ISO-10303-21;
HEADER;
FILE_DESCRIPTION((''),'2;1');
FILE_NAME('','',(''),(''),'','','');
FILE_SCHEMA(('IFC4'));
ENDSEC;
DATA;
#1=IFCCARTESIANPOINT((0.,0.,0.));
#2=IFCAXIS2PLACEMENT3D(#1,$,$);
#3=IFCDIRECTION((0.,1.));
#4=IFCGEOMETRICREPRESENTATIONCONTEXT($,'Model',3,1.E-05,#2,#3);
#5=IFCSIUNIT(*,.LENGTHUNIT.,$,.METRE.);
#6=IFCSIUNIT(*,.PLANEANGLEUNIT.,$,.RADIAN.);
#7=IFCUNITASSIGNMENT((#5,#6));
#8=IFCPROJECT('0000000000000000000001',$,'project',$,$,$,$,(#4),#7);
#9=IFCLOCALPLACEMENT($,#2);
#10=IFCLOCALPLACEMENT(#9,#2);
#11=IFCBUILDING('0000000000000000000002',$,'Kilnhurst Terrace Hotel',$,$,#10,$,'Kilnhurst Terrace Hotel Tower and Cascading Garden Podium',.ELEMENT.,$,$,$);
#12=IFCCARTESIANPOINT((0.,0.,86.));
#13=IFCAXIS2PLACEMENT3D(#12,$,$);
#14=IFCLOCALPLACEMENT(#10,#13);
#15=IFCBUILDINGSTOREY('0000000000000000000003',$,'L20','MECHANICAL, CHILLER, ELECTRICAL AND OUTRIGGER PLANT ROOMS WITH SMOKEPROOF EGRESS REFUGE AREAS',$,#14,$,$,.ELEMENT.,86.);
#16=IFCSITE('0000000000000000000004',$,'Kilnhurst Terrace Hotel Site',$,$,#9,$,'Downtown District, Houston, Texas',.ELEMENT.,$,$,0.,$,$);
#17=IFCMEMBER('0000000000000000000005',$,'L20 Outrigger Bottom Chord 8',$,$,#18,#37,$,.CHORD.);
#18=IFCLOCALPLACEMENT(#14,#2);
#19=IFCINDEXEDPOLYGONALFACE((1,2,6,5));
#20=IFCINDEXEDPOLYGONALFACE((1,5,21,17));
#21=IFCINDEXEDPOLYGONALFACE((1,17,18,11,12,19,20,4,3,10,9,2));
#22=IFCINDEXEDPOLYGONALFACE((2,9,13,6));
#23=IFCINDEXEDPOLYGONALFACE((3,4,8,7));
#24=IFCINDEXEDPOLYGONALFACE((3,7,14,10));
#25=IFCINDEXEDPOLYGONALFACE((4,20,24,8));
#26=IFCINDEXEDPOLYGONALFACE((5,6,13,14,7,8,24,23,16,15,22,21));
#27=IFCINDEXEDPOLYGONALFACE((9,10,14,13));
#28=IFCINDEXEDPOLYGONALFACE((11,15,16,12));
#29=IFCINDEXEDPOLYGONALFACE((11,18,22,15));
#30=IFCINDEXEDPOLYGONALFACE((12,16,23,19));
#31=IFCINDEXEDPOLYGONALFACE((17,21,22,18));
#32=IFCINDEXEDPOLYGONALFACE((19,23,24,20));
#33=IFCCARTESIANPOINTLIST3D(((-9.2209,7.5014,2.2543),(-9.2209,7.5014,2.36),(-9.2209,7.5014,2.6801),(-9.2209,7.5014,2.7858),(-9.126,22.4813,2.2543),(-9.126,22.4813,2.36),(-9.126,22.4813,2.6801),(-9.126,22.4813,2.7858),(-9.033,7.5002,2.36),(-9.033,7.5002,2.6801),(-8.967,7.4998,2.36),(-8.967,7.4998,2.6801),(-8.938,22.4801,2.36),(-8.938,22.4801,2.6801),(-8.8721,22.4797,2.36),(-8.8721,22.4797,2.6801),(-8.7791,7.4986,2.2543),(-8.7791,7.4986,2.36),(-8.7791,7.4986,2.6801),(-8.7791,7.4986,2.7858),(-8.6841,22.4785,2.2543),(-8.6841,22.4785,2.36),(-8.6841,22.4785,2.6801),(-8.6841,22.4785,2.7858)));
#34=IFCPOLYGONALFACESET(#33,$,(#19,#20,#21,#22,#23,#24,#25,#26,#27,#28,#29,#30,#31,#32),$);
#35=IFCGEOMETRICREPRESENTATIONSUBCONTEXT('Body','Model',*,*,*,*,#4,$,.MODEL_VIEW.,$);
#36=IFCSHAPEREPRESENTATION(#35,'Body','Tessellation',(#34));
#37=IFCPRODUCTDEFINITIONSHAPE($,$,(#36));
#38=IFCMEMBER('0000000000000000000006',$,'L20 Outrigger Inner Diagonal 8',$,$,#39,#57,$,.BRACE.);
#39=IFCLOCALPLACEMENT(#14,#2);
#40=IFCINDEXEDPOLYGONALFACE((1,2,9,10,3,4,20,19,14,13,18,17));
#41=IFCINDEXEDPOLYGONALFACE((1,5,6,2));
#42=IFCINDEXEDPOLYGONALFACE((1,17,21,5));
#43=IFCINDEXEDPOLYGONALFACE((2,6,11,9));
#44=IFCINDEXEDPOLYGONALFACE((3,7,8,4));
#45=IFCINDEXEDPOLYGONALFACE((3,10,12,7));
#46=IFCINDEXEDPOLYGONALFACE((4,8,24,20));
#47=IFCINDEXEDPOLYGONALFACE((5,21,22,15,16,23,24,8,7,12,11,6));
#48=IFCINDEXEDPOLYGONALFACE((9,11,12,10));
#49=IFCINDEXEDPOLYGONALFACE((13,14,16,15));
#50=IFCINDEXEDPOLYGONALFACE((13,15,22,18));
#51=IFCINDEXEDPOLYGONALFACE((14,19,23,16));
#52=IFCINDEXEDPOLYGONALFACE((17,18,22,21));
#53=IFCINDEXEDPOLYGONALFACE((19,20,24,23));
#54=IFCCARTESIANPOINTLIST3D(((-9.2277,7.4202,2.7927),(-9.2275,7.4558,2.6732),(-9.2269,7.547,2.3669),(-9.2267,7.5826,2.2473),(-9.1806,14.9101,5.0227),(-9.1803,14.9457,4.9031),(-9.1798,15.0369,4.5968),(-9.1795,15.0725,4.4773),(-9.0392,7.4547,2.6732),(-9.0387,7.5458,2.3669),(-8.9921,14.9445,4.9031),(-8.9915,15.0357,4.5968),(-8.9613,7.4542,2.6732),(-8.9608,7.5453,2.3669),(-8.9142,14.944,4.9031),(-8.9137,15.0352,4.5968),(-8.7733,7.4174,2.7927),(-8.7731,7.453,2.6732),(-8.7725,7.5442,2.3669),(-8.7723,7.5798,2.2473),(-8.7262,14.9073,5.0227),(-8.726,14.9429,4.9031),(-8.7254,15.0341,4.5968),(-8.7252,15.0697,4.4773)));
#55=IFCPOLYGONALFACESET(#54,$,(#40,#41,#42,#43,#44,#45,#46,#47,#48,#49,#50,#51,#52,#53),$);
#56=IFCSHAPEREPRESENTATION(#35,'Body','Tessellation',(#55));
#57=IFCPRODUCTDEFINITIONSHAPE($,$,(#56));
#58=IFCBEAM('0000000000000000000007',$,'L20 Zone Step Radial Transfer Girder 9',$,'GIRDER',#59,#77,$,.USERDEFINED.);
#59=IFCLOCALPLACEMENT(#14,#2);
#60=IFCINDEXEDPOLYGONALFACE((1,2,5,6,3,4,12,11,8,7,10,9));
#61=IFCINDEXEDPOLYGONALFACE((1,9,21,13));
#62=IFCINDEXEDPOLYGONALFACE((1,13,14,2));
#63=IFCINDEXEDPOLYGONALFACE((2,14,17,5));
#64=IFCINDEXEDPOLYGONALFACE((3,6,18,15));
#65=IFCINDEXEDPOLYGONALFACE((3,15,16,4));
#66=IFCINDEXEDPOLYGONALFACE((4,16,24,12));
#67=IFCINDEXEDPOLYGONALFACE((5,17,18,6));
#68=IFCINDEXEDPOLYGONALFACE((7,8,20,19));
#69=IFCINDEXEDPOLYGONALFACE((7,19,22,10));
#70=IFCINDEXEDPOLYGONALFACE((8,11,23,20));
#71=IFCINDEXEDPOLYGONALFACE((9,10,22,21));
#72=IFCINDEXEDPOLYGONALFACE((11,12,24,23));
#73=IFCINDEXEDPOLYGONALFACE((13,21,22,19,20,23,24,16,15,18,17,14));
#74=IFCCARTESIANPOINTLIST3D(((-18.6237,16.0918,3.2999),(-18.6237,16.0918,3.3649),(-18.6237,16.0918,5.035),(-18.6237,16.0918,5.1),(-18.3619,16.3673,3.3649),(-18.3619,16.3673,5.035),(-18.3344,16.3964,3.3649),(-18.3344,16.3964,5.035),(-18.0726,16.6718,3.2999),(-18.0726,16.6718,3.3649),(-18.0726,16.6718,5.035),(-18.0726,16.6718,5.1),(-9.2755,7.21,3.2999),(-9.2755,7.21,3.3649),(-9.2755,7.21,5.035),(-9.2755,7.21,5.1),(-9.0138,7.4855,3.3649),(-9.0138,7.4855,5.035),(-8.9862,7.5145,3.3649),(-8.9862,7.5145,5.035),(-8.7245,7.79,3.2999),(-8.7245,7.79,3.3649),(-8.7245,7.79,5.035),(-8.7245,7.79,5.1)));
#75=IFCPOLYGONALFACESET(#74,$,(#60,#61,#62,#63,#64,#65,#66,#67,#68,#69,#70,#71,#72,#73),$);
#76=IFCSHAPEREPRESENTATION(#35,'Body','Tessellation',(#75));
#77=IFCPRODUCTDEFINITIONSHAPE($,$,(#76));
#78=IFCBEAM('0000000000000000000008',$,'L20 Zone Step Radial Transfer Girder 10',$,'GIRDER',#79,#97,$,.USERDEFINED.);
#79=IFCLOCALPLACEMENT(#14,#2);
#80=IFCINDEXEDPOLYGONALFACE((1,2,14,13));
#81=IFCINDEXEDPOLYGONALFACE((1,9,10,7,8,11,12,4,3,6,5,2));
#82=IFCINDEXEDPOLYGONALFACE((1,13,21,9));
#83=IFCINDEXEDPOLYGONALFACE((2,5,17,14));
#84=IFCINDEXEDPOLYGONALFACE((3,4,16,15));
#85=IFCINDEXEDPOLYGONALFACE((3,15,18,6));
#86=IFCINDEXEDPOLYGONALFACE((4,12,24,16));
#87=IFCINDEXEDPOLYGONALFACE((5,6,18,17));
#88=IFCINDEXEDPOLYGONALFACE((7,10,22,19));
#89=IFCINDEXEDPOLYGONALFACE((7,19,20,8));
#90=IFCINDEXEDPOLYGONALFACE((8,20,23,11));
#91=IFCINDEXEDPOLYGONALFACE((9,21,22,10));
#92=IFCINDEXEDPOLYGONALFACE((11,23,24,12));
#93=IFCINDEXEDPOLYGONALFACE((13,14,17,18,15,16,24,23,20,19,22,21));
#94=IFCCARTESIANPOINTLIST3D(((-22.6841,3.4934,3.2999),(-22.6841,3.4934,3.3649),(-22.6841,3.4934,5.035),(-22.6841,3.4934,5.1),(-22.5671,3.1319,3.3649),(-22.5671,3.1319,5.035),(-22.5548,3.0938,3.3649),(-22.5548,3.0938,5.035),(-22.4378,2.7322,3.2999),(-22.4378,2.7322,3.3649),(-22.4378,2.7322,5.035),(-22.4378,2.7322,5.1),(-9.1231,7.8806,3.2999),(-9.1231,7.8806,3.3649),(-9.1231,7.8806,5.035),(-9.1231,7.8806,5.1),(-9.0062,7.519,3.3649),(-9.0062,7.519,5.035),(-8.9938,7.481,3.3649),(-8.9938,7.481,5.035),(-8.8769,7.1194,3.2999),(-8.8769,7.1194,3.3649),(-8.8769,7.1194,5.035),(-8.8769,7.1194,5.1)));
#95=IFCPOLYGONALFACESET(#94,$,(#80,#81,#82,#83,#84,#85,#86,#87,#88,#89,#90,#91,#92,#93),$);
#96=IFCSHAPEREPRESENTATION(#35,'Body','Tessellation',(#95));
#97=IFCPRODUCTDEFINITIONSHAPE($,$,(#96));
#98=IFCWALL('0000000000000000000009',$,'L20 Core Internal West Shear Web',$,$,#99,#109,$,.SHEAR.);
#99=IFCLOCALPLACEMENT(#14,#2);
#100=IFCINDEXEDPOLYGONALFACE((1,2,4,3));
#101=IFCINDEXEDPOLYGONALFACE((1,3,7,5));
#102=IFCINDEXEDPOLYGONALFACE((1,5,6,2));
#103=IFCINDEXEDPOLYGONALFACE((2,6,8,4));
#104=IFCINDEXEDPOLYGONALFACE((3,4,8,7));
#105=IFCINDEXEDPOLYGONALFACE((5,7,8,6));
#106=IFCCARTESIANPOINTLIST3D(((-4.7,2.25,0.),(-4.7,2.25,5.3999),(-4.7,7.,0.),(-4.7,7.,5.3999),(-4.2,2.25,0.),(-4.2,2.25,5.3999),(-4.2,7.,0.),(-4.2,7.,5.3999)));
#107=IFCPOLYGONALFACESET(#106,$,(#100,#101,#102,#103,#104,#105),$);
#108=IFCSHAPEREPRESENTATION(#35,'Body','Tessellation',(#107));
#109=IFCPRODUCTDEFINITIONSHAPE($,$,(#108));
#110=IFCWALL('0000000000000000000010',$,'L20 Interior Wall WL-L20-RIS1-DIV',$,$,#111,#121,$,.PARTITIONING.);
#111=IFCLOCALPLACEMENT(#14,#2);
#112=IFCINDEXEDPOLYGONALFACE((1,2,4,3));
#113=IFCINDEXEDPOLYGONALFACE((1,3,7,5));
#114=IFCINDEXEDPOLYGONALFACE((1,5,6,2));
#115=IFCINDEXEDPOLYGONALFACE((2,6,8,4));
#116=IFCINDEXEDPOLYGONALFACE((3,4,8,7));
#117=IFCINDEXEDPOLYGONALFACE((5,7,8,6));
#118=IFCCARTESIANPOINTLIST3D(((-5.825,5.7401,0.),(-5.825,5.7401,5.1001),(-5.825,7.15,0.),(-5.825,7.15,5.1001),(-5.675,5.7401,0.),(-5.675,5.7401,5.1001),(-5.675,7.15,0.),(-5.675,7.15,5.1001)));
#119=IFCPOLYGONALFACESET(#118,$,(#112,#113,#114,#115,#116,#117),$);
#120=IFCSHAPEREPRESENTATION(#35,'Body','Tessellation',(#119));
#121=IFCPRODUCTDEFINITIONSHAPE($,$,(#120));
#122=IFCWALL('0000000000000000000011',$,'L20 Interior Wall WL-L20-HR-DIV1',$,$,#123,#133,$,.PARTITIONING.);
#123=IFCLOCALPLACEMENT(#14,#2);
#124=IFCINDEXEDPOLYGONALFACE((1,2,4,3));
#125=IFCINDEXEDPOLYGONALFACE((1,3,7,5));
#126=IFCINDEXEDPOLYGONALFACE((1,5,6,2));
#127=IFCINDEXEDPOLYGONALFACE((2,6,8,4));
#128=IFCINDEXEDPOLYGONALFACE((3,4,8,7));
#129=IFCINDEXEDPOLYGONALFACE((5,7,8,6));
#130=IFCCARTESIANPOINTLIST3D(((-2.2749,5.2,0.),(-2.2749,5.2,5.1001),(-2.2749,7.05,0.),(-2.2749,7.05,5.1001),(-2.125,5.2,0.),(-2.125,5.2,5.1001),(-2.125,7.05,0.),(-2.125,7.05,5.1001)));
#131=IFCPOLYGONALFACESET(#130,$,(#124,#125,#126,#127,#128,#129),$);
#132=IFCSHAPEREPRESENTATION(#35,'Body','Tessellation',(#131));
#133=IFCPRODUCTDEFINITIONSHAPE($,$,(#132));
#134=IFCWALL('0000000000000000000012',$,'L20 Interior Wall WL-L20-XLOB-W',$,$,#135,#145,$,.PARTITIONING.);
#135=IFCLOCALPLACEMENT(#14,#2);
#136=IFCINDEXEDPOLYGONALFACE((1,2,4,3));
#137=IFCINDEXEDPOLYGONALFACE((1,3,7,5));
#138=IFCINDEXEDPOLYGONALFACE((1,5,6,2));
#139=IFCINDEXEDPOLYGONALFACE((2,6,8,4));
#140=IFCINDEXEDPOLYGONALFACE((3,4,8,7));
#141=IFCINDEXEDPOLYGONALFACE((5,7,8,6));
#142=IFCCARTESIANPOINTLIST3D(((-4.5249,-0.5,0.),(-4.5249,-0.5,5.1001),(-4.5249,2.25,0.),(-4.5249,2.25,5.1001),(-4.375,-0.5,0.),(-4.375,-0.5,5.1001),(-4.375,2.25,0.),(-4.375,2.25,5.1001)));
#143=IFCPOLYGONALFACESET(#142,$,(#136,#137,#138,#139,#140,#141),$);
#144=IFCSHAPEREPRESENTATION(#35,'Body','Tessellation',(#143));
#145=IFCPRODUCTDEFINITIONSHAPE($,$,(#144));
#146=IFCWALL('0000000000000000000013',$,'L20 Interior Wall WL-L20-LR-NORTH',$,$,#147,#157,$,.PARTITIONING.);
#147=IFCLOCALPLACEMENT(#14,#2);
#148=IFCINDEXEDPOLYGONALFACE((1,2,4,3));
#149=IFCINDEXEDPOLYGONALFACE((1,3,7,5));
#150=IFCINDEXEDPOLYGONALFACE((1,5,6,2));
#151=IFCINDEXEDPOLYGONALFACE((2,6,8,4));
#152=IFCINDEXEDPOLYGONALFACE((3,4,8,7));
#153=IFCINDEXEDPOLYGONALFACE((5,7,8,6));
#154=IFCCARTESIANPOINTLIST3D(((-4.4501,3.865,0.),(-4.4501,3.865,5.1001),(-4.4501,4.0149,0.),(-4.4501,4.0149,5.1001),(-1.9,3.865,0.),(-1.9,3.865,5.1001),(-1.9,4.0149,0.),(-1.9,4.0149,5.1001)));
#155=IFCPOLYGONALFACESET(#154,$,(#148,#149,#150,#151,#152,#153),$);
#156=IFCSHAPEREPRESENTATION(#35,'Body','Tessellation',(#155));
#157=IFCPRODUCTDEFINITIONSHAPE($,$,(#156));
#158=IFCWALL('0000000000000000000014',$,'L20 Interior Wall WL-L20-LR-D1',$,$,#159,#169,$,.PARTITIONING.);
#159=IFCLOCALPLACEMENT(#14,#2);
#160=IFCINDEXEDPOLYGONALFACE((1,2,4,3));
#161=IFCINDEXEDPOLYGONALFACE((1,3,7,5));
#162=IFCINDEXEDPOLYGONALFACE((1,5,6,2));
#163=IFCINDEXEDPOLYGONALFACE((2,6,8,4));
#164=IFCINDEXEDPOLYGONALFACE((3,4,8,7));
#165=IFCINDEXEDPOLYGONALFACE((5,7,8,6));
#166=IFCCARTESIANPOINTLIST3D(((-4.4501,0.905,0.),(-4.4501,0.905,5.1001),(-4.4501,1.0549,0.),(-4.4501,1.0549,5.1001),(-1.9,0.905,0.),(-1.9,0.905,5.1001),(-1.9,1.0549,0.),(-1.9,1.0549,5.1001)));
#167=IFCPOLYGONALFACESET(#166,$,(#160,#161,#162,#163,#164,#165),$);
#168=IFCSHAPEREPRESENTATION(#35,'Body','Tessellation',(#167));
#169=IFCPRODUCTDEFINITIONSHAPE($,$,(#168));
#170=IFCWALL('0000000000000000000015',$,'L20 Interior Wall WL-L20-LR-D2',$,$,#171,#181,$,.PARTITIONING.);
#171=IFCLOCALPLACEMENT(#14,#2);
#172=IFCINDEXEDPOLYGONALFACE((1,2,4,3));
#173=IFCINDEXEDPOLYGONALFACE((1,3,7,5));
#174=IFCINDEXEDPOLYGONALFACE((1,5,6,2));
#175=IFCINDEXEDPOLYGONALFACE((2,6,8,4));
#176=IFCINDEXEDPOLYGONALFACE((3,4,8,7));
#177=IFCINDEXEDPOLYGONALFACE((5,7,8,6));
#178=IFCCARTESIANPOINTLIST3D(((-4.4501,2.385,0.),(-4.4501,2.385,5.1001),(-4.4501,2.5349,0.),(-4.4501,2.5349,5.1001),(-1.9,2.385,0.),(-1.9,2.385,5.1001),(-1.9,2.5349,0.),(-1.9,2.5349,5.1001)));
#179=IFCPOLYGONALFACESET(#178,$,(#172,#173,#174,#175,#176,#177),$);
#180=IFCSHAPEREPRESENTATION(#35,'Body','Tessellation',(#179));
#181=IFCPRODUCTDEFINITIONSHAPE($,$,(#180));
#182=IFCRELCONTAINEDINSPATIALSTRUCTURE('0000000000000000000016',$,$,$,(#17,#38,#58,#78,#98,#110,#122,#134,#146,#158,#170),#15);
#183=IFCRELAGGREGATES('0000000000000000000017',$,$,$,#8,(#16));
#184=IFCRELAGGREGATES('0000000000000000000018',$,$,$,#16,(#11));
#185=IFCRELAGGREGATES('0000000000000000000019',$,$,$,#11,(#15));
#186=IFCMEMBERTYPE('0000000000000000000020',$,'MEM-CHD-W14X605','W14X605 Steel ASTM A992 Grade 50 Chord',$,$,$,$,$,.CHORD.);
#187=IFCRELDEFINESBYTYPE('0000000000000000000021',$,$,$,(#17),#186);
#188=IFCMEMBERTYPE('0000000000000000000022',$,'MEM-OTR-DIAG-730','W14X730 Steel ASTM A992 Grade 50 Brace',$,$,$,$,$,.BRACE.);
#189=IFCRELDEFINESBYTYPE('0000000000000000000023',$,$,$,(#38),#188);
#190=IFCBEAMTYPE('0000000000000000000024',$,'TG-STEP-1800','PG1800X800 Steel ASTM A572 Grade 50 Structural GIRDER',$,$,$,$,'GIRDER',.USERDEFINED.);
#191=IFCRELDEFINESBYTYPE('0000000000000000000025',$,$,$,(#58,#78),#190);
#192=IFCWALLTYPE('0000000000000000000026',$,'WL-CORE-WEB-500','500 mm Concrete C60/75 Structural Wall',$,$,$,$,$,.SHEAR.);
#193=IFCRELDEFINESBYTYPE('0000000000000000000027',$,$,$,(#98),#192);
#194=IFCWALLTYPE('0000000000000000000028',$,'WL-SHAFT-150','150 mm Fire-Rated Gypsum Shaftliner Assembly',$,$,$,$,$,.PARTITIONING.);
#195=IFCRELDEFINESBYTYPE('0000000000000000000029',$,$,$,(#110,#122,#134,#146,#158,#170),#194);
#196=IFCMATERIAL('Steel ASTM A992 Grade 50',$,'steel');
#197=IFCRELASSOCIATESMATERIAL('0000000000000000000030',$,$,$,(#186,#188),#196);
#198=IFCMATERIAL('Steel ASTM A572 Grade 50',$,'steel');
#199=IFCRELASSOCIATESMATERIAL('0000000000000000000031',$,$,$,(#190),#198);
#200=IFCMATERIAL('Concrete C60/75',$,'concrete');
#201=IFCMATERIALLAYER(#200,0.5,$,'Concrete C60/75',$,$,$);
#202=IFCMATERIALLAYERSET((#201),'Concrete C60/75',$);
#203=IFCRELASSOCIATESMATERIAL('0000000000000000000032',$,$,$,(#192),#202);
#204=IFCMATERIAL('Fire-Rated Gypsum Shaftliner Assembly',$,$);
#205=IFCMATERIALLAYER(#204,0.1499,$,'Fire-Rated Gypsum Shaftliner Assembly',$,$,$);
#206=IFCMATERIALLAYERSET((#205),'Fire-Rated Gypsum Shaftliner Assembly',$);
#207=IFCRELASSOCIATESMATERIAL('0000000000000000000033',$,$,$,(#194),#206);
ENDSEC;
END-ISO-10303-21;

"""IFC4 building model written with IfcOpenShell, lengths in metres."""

from ifc_helpers import new_model, si_unit, direction, frame, frame_2d, origin, origin_2d, place, context, subcontext, project, spatial, rectangle, i_section, extrude, material, layer, layer_set, material_profile, profile_set, type_object, element, save


model = new_model("IFC4")

# Units and contexts
model_context = context("Model", 3, precision=1e-05, world=origin(), true_north=direction((0.0, 1.0)))
body_context = subcontext(model_context, "Body", "Model", "MODEL_VIEW")
ifc_project = project(units=[si_unit("LENGTHUNIT", "METRE"), si_unit("PLANEANGLEUNIT", "RADIAN")], contexts=[model_context])

# Site, building, storey
site_placement = place(None, origin())
site = spatial("IfcSite", under=ifc_project, at=site_placement, Name="Kilnhurst Terrace Hotel Site", LongName="Downtown District, Houston, Texas", CompositionType="ELEMENT", RefElevation=0.0)
building_placement = place(site_placement, origin())
building = spatial("IfcBuilding", under=site, at=building_placement, Name="Kilnhurst Terrace Hotel", LongName="Kilnhurst Terrace Hotel Tower and Cascading Garden Podium", CompositionType="ELEMENT")
storey_placement = place(building_placement, frame((0.0, 0.0, 86.0)))
storey = spatial("IfcBuildingStorey", under=building, at=storey_placement, Name="L20", Description="MECHANICAL, CHILLER, ELECTRICAL AND OUTRIGGER PLANT ROOMS WITH SMOKEPROOF EGRESS REFUGE AREAS", CompositionType="ELEMENT", Elevation=86.0)

# Members
ifc_material_1 = material(Name="Steel ASTM A992 Grade 50", Category="steel")
ifc_material_profile_1 = material_profile(ifc_material_1, i_section(OverallWidth=0.4419, OverallDepth=0.5315, WebThickness=0.0659, FlangeThickness=0.1057, at=origin_2d()), Name="W14X605")
ifc_profile_set_1 = profile_set([ifc_material_profile_1], Name="Steel ASTM A992 Grade 50")
member_type_1 = type_object("IfcMemberType", Name="MEM-CHD-W14X605", Description="W14X605 Steel ASTM A992 Grade 50 Chord", PredefinedType="CHORD", material=ifc_profile_set_1)
member_1_placement = place(storey_placement, frame((-9.0, 7.5, 2.52), z_axis=(0.00634, 0.99998, 0.0), x_axis=(-0.99998, 0.00634, 0.0)))
element("IfcMember", 1, at=member_1_placement, inside=storey, type_object=member_type_1, Name="L20 Outrigger Bottom Chord 8", PredefinedType="CHORD", context=body_context, shape_type="SweptSolid", body=[
    extrude(i_section(OverallWidth=0.4419, OverallDepth=0.5315, WebThickness=0.0659, FlangeThickness=0.1057, at=origin_2d()), origin(), (0.0, 0.0, 1.0), 14.9802),
])
ifc_material_profile_2 = material_profile(ifc_material_1, i_section(OverallWidth=0.4543, OverallDepth=0.5691, WebThickness=0.0779, FlangeThickness=0.1248, at=origin_2d()), Name="W14X730")
ifc_profile_set_2 = profile_set([ifc_material_profile_2], Name="Steel ASTM A992 Grade 50")
member_type_2 = type_object("IfcMemberType", Name="MEM-OTR-DIAG-730", Description="W14X730 Steel ASTM A992 Grade 50 Brace", PredefinedType="BRACE", material=ifc_profile_set_2)
member_2_placement = place(storey_placement, frame((-9.0, 7.5, 2.52), z_axis=(0.006029, 0.958406, 0.285344), x_axis=(-0.99998, 0.006291, 0.0)))
element("IfcMember", 2, at=member_2_placement, inside=storey, type_object=member_type_2, Name="L20 Outrigger Inner Diagonal 8", PredefinedType="BRACE", context=body_context, shape_type="SweptSolid", body=[
    extrude(i_section(OverallWidth=0.4543, OverallDepth=0.5691, WebThickness=0.0779, FlangeThickness=0.1248, at=origin_2d()), origin(), (0.0, 0.0, 1.0), 7.8149),
])

# Beams
ifc_material_2 = material(Name="Steel ASTM A572 Grade 50", Category="steel")
ifc_material_profile_3 = material_profile(ifc_material_2, i_section(OverallWidth=0.8, OverallDepth=1.8, WebThickness=0.04, FlangeThickness=0.0649, at=origin_2d()), Name="PG1800X800")
ifc_profile_set_3 = profile_set([ifc_material_profile_3], Name="Steel ASTM A572 Grade 50")
beam_type = type_object("IfcBeamType", Name="TG-STEP-1800", Description="PG1800X800 Steel ASTM A572 Grade 50 Structural GIRDER", ElementType="GIRDER", PredefinedType="USERDEFINED", material=ifc_profile_set_3)
beam_1_placement = place(storey_placement, frame((-9.0, 7.5, 4.2), z_axis=(-0.724957, 0.688794, 0.0), x_axis=(-0.688794, -0.724957, 0.0)))
element("IfcBeam", 3, at=beam_1_placement, inside=storey, type_object=beam_type, Name="L20 Zone Step Radial Transfer Girder 9", ObjectType="GIRDER", PredefinedType="USERDEFINED", context=body_context, shape_type="SweptSolid", body=[
    extrude(i_section(OverallWidth=0.8, OverallDepth=1.8, WebThickness=0.04, FlangeThickness=0.0649, at=origin_2d()), origin(), (0.0, 0.0, 1.0), 12.8948),
])
beam_2_placement = place(storey_placement, frame((-9.0, 7.5, 4.2), z_axis=(-0.951448, -0.307808, 0.0), x_axis=(0.307808, -0.951448, 0.0)))
element("IfcBeam", 4, at=beam_2_placement, inside=storey, type_object=beam_type, Name="L20 Zone Step Radial Transfer Girder 10", ObjectType="GIRDER", PredefinedType="USERDEFINED", context=body_context, shape_type="SweptSolid", body=[
    extrude(i_section(OverallWidth=0.8, OverallDepth=1.8, WebThickness=0.04, FlangeThickness=0.0649, at=origin_2d()), origin(), (0.0, 0.0, 1.0), 14.2529),
])

# Walls
ifc_material_3 = material(Name="Concrete C60/75", Category="concrete")
ifc_layer_1 = layer(ifc_material_3, 0.5, Name="Concrete C60/75")
ifc_layer_set_1 = layer_set([ifc_layer_1], Name="Concrete C60/75")
wall_type_1 = type_object("IfcWallType", Name="WL-CORE-WEB-500", Description="500 mm Concrete C60/75 Structural Wall", PredefinedType="SHEAR", material=ifc_layer_set_1)
wall_1_placement = place(storey_placement, frame((-4.45, 2.25, 0.0), z_axis=(0.0, 0.0, 1.0), x_axis=(0.0, 1.0, 0.0)))
element("IfcWall", 5, at=wall_1_placement, inside=storey, type_object=wall_type_1, Name="L20 Core Internal West Shear Web", PredefinedType="SHEAR", context=body_context, shape_type="SweptSolid", body=[
    extrude(rectangle(XDim=4.75, YDim=0.5, at=frame_2d((2.375, 0.0))), origin(), (0.0, 0.0, 1.0), 5.3999),
])
ifc_material_4 = material(Name="Fire-Rated Gypsum Shaftliner Assembly")
ifc_layer_2 = layer(ifc_material_4, 0.1499, Name="Fire-Rated Gypsum Shaftliner Assembly")
ifc_layer_set_2 = layer_set([ifc_layer_2], Name="Fire-Rated Gypsum Shaftliner Assembly")
wall_type_2 = type_object("IfcWallType", Name="WL-SHAFT-150", Description="150 mm Fire-Rated Gypsum Shaftliner Assembly", PredefinedType="PARTITIONING", material=ifc_layer_set_2)
wall_2_placement = place(storey_placement, frame((-5.75, 5.74, 0.0), z_axis=(0.0, 0.0, 1.0), x_axis=(0.0, 1.0, 0.0)))
element("IfcWall", 6, at=wall_2_placement, inside=storey, type_object=wall_type_2, Name="L20 Interior Wall WL-L20-RIS1-DIV", PredefinedType="PARTITIONING", context=body_context, shape_type="SweptSolid", body=[
    extrude(rectangle(XDim=1.4099, YDim=0.1499, at=frame_2d((0.7051, 0.0))), origin(), (0.0, 0.0, 1.0), 5.1001),
])
wall_3_placement = place(storey_placement, frame((-2.2, 5.2, 0.0), z_axis=(0.0, 0.0, 1.0), x_axis=(0.0, 1.0, 0.0)))
element("IfcWall", 7, at=wall_3_placement, inside=storey, type_object=wall_type_2, Name="L20 Interior Wall WL-L20-HR-DIV1", PredefinedType="PARTITIONING", context=body_context, shape_type="SweptSolid", body=[
    extrude(rectangle(XDim=1.8501, YDim=0.1499, at=frame_2d((0.925, 0.0))), origin(), (0.0, 0.0, 1.0), 5.1001),
])
wall_4_placement = place(storey_placement, frame((-4.45, -0.5, 0.0), z_axis=(0.0, 0.0, 1.0), x_axis=(0.0, 1.0, 0.0)))
element("IfcWall", 8, at=wall_4_placement, inside=storey, type_object=wall_type_2, Name="L20 Interior Wall WL-L20-XLOB-W", PredefinedType="PARTITIONING", context=body_context, shape_type="SweptSolid", body=[
    extrude(rectangle(XDim=2.75, YDim=0.1499, at=frame_2d((1.375, 0.0))), origin(), (0.0, 0.0, 1.0), 5.1001),
])
for number, where, z_axis, x_axis, name in (
    (9, (-4.45, 3.9399, 0.0), (0.0, 0.0, 1.0), (1.0, 0.0, 0.0), "L20 Interior Wall WL-L20-LR-NORTH"),
    (10, (-4.45, 0.98, 0.0), (0.0, 0.0, 1.0), (1.0, 0.0, 0.0), "L20 Interior Wall WL-L20-LR-D1"),
    (11, (-4.45, 2.46, 0.0), (0.0, 0.0, 1.0), (1.0, 0.0, 0.0), "L20 Interior Wall WL-L20-LR-D2"),
):
    element("IfcWall", number, at=place(storey_placement, frame(where, z_axis=z_axis, x_axis=x_axis)), inside=storey, type_object=wall_type_2, Name=name, PredefinedType="PARTITIONING", context=body_context, shape_type="SweptSolid", body=[
        extrude(rectangle(XDim=2.55, YDim=0.1499, at=frame_2d((1.2749, 0.0))), origin(), (0.0, 0.0, 1.0), 5.1001),
    ])

save(model, "model.ifc")
